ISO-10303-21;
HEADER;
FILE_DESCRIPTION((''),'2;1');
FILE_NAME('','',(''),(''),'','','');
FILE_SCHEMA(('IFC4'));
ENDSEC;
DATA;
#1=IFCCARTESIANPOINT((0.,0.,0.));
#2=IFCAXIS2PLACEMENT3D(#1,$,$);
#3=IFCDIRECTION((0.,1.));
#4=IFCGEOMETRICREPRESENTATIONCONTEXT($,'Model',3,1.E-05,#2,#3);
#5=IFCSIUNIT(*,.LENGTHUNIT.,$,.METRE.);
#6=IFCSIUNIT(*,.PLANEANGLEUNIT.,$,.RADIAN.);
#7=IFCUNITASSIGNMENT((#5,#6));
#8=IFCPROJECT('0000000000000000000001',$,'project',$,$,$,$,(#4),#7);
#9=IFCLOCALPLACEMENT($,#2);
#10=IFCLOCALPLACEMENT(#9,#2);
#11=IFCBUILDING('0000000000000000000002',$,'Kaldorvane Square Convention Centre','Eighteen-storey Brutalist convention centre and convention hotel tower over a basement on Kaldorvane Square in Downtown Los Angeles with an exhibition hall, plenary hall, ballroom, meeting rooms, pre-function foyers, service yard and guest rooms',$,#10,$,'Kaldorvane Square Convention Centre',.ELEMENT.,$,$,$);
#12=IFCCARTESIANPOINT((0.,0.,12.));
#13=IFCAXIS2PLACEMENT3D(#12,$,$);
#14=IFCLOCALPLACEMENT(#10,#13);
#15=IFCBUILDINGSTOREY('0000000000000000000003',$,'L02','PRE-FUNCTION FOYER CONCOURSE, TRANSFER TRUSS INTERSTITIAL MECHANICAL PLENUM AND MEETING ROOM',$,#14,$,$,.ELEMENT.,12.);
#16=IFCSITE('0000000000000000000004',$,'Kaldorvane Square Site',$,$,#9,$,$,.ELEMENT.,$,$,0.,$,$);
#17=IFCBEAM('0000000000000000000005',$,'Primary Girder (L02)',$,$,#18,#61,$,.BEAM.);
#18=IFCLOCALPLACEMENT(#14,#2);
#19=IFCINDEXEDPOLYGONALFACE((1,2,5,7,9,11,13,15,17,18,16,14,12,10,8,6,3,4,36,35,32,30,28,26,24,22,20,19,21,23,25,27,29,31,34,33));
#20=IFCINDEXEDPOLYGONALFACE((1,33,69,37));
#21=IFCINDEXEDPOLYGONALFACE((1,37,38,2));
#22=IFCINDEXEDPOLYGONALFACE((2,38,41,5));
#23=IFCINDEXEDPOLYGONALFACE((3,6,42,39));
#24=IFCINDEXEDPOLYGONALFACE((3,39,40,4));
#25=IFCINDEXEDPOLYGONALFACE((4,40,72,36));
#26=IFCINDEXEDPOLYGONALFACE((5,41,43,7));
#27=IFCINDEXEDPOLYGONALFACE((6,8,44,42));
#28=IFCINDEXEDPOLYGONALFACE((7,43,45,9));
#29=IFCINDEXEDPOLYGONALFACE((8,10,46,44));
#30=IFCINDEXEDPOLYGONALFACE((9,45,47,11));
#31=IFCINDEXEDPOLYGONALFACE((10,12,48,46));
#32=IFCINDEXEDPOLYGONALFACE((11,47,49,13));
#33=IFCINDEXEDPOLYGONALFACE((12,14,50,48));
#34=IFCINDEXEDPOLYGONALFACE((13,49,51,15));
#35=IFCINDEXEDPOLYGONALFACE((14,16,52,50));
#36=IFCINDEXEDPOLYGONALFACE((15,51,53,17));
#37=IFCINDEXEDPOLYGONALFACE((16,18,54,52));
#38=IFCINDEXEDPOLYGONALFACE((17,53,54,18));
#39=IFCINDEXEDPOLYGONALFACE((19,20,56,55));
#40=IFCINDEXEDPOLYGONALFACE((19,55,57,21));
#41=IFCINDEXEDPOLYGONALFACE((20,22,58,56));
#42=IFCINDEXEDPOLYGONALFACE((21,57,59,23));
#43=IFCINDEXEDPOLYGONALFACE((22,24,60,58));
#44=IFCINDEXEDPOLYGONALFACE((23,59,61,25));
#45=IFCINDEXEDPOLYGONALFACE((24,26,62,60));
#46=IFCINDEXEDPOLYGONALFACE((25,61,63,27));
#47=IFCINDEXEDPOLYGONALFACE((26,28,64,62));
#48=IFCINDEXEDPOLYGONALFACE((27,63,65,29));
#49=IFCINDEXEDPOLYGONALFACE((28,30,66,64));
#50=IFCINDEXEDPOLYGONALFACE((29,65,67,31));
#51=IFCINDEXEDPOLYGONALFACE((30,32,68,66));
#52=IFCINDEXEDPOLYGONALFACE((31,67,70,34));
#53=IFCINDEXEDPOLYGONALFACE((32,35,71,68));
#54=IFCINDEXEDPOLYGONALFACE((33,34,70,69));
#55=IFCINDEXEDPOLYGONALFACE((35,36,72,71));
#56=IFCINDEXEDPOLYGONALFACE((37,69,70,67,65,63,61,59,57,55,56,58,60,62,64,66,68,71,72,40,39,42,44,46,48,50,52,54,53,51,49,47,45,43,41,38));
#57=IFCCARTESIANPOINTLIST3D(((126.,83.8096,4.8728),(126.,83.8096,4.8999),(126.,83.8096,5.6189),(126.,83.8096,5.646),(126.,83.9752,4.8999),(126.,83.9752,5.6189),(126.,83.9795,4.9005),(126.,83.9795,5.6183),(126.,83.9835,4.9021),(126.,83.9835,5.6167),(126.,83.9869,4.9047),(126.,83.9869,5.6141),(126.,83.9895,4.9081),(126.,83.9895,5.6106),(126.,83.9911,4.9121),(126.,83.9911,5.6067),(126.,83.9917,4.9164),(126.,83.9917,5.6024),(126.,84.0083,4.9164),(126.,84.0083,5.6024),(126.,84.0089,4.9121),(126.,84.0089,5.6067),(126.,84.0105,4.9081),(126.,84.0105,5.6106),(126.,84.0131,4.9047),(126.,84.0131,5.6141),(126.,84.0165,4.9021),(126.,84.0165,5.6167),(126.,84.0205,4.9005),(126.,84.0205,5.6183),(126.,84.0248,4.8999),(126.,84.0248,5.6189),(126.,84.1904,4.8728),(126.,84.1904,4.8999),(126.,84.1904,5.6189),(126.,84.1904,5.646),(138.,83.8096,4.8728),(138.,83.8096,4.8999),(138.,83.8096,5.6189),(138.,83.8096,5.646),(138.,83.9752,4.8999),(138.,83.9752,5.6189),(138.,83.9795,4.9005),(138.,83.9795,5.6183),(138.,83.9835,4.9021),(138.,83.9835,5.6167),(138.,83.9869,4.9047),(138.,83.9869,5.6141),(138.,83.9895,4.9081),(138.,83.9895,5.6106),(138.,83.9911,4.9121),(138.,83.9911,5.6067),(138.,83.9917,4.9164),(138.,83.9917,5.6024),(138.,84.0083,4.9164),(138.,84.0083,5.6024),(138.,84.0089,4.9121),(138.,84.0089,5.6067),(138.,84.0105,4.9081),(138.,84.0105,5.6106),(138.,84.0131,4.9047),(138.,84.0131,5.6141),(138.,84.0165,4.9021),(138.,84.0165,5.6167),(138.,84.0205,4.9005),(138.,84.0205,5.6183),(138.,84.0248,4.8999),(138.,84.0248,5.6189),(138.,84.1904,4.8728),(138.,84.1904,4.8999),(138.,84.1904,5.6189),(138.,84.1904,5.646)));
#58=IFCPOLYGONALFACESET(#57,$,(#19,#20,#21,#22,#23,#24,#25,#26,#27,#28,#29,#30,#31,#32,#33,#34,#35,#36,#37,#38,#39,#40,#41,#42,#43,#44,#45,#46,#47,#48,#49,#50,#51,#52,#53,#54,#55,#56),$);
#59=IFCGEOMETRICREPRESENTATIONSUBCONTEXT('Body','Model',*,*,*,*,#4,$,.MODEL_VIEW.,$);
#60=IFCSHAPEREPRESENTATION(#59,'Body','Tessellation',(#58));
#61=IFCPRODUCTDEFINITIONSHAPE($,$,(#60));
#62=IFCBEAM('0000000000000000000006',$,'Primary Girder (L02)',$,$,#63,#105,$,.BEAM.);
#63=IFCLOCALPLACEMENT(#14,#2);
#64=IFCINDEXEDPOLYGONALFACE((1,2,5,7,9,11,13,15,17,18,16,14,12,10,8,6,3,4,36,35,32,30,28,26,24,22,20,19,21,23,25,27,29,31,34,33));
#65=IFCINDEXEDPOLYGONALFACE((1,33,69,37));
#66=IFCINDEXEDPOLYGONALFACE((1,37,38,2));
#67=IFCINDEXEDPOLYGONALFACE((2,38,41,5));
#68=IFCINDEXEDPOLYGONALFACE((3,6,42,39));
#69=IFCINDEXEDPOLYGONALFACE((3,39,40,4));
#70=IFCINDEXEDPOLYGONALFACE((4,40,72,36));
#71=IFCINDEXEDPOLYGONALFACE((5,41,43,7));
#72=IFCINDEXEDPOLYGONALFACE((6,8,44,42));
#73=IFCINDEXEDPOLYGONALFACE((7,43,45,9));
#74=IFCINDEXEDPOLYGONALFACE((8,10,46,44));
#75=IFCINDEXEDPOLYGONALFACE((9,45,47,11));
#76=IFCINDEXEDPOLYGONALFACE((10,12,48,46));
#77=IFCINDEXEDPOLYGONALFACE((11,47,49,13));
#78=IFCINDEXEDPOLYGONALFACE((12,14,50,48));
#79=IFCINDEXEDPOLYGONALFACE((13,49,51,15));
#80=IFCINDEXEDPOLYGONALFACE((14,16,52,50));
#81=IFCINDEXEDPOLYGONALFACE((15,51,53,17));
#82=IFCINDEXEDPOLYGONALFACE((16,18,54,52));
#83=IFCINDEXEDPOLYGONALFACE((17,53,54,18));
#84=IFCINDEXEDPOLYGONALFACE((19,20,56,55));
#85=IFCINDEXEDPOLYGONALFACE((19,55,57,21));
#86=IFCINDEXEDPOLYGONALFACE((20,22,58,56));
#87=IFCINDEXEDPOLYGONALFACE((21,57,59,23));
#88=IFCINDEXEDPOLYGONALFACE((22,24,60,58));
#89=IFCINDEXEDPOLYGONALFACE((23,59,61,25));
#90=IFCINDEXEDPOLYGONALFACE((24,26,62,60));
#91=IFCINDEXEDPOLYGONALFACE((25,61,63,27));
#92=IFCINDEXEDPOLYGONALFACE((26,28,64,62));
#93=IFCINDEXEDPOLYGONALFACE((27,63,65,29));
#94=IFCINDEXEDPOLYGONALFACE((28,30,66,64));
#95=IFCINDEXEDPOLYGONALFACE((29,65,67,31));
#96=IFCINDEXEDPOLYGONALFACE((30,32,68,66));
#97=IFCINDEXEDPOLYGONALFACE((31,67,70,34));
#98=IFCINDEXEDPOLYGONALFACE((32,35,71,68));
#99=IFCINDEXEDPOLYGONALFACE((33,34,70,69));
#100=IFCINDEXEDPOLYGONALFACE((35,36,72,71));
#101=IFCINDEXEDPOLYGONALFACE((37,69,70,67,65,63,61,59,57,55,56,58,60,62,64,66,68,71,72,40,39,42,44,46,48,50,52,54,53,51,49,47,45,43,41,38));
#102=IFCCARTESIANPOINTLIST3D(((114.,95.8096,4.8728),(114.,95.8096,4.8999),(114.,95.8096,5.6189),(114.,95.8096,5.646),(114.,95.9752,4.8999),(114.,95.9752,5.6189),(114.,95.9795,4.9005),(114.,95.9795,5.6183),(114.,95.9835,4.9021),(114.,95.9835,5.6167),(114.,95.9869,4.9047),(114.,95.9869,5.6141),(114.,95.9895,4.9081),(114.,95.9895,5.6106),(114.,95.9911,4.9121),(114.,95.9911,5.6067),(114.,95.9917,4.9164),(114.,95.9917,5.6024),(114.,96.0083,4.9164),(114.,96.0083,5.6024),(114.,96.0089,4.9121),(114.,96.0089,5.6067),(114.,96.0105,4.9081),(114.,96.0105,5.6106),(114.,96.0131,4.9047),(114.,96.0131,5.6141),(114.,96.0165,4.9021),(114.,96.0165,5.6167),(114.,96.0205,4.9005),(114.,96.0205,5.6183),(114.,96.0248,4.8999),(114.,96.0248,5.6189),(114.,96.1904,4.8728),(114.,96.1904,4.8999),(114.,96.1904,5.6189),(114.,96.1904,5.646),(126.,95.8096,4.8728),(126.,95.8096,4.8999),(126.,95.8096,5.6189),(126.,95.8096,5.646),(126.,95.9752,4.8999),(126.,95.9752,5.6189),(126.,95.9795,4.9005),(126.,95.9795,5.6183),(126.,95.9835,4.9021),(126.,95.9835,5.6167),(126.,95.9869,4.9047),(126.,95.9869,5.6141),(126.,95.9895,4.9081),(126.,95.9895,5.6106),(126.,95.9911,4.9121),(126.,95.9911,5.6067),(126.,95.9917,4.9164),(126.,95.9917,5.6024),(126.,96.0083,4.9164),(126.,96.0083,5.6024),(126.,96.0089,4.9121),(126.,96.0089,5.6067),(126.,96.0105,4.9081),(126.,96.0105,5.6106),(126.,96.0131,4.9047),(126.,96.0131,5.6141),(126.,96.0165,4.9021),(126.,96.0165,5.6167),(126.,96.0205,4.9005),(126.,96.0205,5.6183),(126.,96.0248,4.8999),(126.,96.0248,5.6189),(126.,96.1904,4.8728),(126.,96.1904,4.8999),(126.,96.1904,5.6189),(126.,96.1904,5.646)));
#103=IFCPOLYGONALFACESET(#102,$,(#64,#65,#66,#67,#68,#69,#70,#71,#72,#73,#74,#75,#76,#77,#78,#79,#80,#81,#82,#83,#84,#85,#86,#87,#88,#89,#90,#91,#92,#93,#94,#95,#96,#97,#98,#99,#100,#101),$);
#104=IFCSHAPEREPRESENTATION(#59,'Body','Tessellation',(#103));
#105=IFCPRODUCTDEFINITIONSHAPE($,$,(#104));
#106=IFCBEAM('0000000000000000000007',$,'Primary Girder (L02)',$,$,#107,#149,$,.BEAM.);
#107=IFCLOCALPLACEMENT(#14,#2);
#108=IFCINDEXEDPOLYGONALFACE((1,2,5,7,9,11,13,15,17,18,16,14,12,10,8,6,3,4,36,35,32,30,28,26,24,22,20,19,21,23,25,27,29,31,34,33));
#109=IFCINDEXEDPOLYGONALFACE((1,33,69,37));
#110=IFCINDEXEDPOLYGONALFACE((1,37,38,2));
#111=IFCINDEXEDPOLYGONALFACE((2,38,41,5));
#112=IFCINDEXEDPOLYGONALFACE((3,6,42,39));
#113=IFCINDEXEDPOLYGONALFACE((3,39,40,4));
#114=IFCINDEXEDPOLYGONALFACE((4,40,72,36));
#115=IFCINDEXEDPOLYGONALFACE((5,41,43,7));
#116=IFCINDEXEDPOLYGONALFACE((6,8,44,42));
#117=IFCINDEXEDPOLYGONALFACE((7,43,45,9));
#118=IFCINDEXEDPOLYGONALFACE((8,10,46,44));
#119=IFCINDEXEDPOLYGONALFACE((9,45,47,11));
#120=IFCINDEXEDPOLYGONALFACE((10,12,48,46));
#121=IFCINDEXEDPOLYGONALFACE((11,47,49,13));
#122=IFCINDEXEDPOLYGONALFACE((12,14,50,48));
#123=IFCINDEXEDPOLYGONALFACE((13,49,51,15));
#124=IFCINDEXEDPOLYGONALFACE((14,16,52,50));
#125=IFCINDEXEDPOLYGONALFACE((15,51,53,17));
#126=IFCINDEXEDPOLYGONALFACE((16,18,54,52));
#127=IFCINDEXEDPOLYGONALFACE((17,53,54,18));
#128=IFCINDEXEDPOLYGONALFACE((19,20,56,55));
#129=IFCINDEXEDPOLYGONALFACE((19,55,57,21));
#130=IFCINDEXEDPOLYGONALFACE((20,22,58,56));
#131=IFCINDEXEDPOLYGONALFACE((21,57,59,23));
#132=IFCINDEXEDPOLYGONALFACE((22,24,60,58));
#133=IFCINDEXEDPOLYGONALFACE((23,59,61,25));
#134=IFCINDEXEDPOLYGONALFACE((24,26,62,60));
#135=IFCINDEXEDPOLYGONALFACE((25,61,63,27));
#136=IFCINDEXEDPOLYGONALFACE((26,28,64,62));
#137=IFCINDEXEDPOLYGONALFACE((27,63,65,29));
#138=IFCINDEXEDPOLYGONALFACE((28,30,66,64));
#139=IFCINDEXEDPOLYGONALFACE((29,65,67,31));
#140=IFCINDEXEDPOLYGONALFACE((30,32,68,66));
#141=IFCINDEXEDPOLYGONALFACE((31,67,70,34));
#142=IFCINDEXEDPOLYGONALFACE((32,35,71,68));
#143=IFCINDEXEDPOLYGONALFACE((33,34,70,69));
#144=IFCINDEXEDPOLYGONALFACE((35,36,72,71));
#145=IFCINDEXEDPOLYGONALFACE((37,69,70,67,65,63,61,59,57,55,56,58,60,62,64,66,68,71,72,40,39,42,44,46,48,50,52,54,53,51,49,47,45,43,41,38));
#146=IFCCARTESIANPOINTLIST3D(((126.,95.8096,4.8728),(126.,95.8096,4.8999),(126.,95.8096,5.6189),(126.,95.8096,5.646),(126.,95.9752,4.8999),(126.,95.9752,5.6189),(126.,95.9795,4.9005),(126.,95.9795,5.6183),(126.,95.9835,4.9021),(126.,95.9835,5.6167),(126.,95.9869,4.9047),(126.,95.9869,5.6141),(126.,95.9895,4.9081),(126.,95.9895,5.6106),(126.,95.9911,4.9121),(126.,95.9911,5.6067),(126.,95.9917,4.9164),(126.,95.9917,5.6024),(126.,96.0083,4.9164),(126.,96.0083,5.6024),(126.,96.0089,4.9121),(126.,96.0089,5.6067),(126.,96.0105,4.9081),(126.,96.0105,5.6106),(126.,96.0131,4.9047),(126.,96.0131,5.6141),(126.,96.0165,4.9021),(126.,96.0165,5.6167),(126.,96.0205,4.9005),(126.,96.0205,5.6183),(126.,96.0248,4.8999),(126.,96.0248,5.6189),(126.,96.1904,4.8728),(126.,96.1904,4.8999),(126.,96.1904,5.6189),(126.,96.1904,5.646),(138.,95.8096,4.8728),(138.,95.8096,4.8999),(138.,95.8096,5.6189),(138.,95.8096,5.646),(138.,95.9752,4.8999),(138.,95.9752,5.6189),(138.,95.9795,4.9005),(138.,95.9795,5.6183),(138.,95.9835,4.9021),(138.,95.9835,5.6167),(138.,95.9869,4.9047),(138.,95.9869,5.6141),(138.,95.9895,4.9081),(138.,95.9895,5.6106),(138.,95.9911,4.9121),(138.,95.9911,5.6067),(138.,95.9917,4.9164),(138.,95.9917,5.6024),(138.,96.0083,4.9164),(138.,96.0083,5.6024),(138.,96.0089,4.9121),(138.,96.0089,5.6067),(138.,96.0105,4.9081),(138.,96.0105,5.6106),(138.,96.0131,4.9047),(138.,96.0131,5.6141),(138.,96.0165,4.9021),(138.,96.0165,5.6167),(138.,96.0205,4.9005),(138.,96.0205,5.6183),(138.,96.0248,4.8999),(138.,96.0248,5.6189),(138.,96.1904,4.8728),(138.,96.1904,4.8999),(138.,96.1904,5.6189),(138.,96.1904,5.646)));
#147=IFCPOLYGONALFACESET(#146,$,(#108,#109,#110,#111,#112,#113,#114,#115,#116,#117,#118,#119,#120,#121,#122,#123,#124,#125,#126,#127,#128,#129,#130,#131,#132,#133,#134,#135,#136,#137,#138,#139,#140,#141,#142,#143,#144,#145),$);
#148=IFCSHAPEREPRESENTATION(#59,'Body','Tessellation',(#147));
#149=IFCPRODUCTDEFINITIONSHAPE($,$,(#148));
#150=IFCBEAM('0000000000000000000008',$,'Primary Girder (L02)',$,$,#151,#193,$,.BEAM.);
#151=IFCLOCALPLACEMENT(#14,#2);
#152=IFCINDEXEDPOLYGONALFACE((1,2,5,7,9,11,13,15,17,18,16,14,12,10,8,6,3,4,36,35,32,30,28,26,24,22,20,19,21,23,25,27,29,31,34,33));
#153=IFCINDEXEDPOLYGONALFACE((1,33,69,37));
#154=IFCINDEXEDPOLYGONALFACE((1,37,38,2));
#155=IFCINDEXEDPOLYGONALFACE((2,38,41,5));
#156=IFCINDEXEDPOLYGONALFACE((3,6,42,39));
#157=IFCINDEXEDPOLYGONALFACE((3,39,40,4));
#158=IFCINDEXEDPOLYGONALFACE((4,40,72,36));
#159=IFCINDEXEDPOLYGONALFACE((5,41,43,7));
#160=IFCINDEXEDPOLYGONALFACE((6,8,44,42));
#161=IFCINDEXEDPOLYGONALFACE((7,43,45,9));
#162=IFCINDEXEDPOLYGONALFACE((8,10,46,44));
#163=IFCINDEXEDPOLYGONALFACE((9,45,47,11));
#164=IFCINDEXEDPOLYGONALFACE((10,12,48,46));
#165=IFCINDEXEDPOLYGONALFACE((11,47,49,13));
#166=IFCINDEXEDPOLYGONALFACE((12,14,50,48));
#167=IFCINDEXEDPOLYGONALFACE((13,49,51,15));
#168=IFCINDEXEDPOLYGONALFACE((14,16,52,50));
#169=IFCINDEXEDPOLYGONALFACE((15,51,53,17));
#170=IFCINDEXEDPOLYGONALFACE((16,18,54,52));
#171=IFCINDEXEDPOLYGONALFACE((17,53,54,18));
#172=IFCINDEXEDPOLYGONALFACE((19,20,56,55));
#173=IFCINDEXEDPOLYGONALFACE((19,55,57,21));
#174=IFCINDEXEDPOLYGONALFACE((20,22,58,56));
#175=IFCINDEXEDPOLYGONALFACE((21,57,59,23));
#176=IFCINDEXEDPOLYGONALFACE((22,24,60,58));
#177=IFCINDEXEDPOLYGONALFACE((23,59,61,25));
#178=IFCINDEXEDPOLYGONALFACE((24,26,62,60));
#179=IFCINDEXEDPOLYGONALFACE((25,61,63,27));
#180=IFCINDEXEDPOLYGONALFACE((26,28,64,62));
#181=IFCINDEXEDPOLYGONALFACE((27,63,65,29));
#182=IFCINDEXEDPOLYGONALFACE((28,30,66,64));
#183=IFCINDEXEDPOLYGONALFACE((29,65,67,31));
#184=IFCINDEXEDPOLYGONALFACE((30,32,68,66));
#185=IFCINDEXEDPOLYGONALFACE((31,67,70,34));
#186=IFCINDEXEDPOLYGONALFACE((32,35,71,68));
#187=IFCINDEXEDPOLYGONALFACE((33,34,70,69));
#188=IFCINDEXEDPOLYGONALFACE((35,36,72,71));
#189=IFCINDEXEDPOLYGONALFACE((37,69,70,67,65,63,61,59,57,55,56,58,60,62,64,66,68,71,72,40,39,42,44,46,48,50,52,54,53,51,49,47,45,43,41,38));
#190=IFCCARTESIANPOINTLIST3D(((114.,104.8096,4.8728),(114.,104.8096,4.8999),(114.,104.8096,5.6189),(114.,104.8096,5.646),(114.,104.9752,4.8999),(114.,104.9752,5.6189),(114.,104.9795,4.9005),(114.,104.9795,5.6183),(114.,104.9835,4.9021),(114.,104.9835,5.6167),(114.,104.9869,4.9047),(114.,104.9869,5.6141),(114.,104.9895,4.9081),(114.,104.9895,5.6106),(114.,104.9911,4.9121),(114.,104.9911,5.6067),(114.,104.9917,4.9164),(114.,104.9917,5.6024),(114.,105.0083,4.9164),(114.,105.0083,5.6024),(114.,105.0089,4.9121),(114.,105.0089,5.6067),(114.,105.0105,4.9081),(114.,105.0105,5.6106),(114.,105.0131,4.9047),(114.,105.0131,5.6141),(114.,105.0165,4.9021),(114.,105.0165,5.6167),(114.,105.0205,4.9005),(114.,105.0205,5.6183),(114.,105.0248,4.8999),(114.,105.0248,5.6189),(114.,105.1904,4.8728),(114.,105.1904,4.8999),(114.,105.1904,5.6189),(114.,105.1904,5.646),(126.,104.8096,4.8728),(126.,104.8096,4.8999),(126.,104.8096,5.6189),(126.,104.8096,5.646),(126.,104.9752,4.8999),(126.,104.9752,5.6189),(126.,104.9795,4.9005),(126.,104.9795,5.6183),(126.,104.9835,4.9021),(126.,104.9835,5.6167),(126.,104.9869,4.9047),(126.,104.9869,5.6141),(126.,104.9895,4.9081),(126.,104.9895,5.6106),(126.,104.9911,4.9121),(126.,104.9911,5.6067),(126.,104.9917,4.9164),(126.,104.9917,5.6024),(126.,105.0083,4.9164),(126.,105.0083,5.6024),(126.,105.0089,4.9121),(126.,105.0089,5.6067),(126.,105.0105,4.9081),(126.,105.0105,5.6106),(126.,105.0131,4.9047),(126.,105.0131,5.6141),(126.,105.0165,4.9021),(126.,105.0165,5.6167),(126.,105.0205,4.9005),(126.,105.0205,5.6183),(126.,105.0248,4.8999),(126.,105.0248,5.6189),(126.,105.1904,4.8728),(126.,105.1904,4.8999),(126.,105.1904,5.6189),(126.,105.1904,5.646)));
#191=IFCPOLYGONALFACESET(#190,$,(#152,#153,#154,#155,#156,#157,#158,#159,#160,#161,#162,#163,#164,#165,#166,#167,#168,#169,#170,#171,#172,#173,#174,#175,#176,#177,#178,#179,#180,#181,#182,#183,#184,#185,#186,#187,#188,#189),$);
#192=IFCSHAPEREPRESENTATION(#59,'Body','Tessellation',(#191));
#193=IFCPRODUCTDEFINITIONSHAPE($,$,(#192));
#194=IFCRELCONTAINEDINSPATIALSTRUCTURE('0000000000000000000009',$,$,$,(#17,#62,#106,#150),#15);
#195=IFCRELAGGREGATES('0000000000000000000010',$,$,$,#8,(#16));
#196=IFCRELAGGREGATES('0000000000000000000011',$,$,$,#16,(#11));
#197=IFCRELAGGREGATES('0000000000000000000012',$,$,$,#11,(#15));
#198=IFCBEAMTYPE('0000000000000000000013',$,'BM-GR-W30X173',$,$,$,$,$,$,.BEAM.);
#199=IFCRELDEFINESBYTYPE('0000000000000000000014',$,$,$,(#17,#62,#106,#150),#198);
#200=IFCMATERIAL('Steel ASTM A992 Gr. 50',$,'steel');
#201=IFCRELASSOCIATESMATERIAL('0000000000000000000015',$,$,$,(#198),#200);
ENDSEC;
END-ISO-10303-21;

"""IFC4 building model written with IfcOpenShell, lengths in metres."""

from ifc_helpers import new_model, si_unit, direction, frame, origin, origin_2d, place, context, subcontext, project, spatial, i_section, extrude, material, material_profile, profile_set, type_object, element, save


model = new_model("IFC4")

# Units and contexts
model_context = context("Model", 3, precision=1e-05, world=origin(), true_north=direction((0.0, 1.0)))
body_context = subcontext(model_context, "Body", "Model", "MODEL_VIEW")
ifc_project = project(units=[si_unit("LENGTHUNIT", "METRE"), si_unit("PLANEANGLEUNIT", "RADIAN")], contexts=[model_context])

# Site, building, storey
site_placement = place(None, origin())
site = spatial("IfcSite", under=ifc_project, at=site_placement, Name="Kaldorvane Square Site", CompositionType="ELEMENT", RefElevation=0.0)
building_placement = place(site_placement, origin())
building = spatial("IfcBuilding", under=site, at=building_placement, Name="Kaldorvane Square Convention Centre", Description="Eighteen-storey Brutalist convention centre and convention hotel tower over a basement on Kaldorvane Square in Downtown Los Angeles with an exhibition hall, plenary hall, ballroom, meeting rooms, pre-function foyers, service yard and guest rooms", LongName="Kaldorvane Square Convention Centre", CompositionType="ELEMENT")
storey_placement = place(building_placement, frame((0.0, 0.0, 12.0)))
storey = spatial("IfcBuildingStorey", under=building, at=storey_placement, Name="L02", Description="PRE-FUNCTION FOYER CONCOURSE, TRANSFER TRUSS INTERSTITIAL MECHANICAL PLENUM AND MEETING ROOM", CompositionType="ELEMENT", Elevation=12.0)

# Shared definitions
ifc_material_1 = material(Name="Steel ASTM A992 Gr. 50", Category="steel")

# Beams
ifc_material_profile_1 = material_profile(ifc_material_1, i_section(OverallWidth=0.3807, OverallDepth=0.7732, WebThickness=0.0166, FlangeThickness=0.0271, FilletRadius=0.0165, at=origin_2d()), Name="W30X173")
ifc_profile_set_1 = profile_set([ifc_material_profile_1], Name="Steel ASTM A992 Gr. 50")
beam_type_1 = type_object("IfcBeamType", Name="BM-GR-W30X173", PredefinedType="BEAM", material=ifc_profile_set_1)
for number, where, z_axis, x_axis, name in (
    (1, (126.0, 84.0, 5.2594), (1.0, 0.0, 0.0), (0.0, 1.0, 0.0), "Primary Girder (L02)"),
    (2, (114.0, 96.0, 5.2594), (1.0, 0.0, 0.0), (0.0, 1.0, 0.0), "Primary Girder (L02)"),
    (3, (126.0, 96.0, 5.2594), (1.0, 0.0, 0.0), (0.0, 1.0, 0.0), "Primary Girder (L02)"),
    (4, (114.0, 105.0, 5.2594), (1.0, 0.0, 0.0), (0.0, 1.0, 0.0), "Primary Girder (L02)"),
):
    element("IfcBeam", number, at=place(storey_placement, frame(where, z_axis=z_axis, x_axis=x_axis)), inside=storey, type_object=beam_type_1, Name=name, PredefinedType="BEAM", context=body_context, shape_type="SweptSolid", body=[
        extrude(i_section(OverallWidth=0.3807, OverallDepth=0.7732, WebThickness=0.0166, FlangeThickness=0.0271, FilletRadius=0.0165, at=origin_2d()), origin(), (0.0, 0.0, 1.0), 12.0),
    ])

save(model, "model.ifc")
